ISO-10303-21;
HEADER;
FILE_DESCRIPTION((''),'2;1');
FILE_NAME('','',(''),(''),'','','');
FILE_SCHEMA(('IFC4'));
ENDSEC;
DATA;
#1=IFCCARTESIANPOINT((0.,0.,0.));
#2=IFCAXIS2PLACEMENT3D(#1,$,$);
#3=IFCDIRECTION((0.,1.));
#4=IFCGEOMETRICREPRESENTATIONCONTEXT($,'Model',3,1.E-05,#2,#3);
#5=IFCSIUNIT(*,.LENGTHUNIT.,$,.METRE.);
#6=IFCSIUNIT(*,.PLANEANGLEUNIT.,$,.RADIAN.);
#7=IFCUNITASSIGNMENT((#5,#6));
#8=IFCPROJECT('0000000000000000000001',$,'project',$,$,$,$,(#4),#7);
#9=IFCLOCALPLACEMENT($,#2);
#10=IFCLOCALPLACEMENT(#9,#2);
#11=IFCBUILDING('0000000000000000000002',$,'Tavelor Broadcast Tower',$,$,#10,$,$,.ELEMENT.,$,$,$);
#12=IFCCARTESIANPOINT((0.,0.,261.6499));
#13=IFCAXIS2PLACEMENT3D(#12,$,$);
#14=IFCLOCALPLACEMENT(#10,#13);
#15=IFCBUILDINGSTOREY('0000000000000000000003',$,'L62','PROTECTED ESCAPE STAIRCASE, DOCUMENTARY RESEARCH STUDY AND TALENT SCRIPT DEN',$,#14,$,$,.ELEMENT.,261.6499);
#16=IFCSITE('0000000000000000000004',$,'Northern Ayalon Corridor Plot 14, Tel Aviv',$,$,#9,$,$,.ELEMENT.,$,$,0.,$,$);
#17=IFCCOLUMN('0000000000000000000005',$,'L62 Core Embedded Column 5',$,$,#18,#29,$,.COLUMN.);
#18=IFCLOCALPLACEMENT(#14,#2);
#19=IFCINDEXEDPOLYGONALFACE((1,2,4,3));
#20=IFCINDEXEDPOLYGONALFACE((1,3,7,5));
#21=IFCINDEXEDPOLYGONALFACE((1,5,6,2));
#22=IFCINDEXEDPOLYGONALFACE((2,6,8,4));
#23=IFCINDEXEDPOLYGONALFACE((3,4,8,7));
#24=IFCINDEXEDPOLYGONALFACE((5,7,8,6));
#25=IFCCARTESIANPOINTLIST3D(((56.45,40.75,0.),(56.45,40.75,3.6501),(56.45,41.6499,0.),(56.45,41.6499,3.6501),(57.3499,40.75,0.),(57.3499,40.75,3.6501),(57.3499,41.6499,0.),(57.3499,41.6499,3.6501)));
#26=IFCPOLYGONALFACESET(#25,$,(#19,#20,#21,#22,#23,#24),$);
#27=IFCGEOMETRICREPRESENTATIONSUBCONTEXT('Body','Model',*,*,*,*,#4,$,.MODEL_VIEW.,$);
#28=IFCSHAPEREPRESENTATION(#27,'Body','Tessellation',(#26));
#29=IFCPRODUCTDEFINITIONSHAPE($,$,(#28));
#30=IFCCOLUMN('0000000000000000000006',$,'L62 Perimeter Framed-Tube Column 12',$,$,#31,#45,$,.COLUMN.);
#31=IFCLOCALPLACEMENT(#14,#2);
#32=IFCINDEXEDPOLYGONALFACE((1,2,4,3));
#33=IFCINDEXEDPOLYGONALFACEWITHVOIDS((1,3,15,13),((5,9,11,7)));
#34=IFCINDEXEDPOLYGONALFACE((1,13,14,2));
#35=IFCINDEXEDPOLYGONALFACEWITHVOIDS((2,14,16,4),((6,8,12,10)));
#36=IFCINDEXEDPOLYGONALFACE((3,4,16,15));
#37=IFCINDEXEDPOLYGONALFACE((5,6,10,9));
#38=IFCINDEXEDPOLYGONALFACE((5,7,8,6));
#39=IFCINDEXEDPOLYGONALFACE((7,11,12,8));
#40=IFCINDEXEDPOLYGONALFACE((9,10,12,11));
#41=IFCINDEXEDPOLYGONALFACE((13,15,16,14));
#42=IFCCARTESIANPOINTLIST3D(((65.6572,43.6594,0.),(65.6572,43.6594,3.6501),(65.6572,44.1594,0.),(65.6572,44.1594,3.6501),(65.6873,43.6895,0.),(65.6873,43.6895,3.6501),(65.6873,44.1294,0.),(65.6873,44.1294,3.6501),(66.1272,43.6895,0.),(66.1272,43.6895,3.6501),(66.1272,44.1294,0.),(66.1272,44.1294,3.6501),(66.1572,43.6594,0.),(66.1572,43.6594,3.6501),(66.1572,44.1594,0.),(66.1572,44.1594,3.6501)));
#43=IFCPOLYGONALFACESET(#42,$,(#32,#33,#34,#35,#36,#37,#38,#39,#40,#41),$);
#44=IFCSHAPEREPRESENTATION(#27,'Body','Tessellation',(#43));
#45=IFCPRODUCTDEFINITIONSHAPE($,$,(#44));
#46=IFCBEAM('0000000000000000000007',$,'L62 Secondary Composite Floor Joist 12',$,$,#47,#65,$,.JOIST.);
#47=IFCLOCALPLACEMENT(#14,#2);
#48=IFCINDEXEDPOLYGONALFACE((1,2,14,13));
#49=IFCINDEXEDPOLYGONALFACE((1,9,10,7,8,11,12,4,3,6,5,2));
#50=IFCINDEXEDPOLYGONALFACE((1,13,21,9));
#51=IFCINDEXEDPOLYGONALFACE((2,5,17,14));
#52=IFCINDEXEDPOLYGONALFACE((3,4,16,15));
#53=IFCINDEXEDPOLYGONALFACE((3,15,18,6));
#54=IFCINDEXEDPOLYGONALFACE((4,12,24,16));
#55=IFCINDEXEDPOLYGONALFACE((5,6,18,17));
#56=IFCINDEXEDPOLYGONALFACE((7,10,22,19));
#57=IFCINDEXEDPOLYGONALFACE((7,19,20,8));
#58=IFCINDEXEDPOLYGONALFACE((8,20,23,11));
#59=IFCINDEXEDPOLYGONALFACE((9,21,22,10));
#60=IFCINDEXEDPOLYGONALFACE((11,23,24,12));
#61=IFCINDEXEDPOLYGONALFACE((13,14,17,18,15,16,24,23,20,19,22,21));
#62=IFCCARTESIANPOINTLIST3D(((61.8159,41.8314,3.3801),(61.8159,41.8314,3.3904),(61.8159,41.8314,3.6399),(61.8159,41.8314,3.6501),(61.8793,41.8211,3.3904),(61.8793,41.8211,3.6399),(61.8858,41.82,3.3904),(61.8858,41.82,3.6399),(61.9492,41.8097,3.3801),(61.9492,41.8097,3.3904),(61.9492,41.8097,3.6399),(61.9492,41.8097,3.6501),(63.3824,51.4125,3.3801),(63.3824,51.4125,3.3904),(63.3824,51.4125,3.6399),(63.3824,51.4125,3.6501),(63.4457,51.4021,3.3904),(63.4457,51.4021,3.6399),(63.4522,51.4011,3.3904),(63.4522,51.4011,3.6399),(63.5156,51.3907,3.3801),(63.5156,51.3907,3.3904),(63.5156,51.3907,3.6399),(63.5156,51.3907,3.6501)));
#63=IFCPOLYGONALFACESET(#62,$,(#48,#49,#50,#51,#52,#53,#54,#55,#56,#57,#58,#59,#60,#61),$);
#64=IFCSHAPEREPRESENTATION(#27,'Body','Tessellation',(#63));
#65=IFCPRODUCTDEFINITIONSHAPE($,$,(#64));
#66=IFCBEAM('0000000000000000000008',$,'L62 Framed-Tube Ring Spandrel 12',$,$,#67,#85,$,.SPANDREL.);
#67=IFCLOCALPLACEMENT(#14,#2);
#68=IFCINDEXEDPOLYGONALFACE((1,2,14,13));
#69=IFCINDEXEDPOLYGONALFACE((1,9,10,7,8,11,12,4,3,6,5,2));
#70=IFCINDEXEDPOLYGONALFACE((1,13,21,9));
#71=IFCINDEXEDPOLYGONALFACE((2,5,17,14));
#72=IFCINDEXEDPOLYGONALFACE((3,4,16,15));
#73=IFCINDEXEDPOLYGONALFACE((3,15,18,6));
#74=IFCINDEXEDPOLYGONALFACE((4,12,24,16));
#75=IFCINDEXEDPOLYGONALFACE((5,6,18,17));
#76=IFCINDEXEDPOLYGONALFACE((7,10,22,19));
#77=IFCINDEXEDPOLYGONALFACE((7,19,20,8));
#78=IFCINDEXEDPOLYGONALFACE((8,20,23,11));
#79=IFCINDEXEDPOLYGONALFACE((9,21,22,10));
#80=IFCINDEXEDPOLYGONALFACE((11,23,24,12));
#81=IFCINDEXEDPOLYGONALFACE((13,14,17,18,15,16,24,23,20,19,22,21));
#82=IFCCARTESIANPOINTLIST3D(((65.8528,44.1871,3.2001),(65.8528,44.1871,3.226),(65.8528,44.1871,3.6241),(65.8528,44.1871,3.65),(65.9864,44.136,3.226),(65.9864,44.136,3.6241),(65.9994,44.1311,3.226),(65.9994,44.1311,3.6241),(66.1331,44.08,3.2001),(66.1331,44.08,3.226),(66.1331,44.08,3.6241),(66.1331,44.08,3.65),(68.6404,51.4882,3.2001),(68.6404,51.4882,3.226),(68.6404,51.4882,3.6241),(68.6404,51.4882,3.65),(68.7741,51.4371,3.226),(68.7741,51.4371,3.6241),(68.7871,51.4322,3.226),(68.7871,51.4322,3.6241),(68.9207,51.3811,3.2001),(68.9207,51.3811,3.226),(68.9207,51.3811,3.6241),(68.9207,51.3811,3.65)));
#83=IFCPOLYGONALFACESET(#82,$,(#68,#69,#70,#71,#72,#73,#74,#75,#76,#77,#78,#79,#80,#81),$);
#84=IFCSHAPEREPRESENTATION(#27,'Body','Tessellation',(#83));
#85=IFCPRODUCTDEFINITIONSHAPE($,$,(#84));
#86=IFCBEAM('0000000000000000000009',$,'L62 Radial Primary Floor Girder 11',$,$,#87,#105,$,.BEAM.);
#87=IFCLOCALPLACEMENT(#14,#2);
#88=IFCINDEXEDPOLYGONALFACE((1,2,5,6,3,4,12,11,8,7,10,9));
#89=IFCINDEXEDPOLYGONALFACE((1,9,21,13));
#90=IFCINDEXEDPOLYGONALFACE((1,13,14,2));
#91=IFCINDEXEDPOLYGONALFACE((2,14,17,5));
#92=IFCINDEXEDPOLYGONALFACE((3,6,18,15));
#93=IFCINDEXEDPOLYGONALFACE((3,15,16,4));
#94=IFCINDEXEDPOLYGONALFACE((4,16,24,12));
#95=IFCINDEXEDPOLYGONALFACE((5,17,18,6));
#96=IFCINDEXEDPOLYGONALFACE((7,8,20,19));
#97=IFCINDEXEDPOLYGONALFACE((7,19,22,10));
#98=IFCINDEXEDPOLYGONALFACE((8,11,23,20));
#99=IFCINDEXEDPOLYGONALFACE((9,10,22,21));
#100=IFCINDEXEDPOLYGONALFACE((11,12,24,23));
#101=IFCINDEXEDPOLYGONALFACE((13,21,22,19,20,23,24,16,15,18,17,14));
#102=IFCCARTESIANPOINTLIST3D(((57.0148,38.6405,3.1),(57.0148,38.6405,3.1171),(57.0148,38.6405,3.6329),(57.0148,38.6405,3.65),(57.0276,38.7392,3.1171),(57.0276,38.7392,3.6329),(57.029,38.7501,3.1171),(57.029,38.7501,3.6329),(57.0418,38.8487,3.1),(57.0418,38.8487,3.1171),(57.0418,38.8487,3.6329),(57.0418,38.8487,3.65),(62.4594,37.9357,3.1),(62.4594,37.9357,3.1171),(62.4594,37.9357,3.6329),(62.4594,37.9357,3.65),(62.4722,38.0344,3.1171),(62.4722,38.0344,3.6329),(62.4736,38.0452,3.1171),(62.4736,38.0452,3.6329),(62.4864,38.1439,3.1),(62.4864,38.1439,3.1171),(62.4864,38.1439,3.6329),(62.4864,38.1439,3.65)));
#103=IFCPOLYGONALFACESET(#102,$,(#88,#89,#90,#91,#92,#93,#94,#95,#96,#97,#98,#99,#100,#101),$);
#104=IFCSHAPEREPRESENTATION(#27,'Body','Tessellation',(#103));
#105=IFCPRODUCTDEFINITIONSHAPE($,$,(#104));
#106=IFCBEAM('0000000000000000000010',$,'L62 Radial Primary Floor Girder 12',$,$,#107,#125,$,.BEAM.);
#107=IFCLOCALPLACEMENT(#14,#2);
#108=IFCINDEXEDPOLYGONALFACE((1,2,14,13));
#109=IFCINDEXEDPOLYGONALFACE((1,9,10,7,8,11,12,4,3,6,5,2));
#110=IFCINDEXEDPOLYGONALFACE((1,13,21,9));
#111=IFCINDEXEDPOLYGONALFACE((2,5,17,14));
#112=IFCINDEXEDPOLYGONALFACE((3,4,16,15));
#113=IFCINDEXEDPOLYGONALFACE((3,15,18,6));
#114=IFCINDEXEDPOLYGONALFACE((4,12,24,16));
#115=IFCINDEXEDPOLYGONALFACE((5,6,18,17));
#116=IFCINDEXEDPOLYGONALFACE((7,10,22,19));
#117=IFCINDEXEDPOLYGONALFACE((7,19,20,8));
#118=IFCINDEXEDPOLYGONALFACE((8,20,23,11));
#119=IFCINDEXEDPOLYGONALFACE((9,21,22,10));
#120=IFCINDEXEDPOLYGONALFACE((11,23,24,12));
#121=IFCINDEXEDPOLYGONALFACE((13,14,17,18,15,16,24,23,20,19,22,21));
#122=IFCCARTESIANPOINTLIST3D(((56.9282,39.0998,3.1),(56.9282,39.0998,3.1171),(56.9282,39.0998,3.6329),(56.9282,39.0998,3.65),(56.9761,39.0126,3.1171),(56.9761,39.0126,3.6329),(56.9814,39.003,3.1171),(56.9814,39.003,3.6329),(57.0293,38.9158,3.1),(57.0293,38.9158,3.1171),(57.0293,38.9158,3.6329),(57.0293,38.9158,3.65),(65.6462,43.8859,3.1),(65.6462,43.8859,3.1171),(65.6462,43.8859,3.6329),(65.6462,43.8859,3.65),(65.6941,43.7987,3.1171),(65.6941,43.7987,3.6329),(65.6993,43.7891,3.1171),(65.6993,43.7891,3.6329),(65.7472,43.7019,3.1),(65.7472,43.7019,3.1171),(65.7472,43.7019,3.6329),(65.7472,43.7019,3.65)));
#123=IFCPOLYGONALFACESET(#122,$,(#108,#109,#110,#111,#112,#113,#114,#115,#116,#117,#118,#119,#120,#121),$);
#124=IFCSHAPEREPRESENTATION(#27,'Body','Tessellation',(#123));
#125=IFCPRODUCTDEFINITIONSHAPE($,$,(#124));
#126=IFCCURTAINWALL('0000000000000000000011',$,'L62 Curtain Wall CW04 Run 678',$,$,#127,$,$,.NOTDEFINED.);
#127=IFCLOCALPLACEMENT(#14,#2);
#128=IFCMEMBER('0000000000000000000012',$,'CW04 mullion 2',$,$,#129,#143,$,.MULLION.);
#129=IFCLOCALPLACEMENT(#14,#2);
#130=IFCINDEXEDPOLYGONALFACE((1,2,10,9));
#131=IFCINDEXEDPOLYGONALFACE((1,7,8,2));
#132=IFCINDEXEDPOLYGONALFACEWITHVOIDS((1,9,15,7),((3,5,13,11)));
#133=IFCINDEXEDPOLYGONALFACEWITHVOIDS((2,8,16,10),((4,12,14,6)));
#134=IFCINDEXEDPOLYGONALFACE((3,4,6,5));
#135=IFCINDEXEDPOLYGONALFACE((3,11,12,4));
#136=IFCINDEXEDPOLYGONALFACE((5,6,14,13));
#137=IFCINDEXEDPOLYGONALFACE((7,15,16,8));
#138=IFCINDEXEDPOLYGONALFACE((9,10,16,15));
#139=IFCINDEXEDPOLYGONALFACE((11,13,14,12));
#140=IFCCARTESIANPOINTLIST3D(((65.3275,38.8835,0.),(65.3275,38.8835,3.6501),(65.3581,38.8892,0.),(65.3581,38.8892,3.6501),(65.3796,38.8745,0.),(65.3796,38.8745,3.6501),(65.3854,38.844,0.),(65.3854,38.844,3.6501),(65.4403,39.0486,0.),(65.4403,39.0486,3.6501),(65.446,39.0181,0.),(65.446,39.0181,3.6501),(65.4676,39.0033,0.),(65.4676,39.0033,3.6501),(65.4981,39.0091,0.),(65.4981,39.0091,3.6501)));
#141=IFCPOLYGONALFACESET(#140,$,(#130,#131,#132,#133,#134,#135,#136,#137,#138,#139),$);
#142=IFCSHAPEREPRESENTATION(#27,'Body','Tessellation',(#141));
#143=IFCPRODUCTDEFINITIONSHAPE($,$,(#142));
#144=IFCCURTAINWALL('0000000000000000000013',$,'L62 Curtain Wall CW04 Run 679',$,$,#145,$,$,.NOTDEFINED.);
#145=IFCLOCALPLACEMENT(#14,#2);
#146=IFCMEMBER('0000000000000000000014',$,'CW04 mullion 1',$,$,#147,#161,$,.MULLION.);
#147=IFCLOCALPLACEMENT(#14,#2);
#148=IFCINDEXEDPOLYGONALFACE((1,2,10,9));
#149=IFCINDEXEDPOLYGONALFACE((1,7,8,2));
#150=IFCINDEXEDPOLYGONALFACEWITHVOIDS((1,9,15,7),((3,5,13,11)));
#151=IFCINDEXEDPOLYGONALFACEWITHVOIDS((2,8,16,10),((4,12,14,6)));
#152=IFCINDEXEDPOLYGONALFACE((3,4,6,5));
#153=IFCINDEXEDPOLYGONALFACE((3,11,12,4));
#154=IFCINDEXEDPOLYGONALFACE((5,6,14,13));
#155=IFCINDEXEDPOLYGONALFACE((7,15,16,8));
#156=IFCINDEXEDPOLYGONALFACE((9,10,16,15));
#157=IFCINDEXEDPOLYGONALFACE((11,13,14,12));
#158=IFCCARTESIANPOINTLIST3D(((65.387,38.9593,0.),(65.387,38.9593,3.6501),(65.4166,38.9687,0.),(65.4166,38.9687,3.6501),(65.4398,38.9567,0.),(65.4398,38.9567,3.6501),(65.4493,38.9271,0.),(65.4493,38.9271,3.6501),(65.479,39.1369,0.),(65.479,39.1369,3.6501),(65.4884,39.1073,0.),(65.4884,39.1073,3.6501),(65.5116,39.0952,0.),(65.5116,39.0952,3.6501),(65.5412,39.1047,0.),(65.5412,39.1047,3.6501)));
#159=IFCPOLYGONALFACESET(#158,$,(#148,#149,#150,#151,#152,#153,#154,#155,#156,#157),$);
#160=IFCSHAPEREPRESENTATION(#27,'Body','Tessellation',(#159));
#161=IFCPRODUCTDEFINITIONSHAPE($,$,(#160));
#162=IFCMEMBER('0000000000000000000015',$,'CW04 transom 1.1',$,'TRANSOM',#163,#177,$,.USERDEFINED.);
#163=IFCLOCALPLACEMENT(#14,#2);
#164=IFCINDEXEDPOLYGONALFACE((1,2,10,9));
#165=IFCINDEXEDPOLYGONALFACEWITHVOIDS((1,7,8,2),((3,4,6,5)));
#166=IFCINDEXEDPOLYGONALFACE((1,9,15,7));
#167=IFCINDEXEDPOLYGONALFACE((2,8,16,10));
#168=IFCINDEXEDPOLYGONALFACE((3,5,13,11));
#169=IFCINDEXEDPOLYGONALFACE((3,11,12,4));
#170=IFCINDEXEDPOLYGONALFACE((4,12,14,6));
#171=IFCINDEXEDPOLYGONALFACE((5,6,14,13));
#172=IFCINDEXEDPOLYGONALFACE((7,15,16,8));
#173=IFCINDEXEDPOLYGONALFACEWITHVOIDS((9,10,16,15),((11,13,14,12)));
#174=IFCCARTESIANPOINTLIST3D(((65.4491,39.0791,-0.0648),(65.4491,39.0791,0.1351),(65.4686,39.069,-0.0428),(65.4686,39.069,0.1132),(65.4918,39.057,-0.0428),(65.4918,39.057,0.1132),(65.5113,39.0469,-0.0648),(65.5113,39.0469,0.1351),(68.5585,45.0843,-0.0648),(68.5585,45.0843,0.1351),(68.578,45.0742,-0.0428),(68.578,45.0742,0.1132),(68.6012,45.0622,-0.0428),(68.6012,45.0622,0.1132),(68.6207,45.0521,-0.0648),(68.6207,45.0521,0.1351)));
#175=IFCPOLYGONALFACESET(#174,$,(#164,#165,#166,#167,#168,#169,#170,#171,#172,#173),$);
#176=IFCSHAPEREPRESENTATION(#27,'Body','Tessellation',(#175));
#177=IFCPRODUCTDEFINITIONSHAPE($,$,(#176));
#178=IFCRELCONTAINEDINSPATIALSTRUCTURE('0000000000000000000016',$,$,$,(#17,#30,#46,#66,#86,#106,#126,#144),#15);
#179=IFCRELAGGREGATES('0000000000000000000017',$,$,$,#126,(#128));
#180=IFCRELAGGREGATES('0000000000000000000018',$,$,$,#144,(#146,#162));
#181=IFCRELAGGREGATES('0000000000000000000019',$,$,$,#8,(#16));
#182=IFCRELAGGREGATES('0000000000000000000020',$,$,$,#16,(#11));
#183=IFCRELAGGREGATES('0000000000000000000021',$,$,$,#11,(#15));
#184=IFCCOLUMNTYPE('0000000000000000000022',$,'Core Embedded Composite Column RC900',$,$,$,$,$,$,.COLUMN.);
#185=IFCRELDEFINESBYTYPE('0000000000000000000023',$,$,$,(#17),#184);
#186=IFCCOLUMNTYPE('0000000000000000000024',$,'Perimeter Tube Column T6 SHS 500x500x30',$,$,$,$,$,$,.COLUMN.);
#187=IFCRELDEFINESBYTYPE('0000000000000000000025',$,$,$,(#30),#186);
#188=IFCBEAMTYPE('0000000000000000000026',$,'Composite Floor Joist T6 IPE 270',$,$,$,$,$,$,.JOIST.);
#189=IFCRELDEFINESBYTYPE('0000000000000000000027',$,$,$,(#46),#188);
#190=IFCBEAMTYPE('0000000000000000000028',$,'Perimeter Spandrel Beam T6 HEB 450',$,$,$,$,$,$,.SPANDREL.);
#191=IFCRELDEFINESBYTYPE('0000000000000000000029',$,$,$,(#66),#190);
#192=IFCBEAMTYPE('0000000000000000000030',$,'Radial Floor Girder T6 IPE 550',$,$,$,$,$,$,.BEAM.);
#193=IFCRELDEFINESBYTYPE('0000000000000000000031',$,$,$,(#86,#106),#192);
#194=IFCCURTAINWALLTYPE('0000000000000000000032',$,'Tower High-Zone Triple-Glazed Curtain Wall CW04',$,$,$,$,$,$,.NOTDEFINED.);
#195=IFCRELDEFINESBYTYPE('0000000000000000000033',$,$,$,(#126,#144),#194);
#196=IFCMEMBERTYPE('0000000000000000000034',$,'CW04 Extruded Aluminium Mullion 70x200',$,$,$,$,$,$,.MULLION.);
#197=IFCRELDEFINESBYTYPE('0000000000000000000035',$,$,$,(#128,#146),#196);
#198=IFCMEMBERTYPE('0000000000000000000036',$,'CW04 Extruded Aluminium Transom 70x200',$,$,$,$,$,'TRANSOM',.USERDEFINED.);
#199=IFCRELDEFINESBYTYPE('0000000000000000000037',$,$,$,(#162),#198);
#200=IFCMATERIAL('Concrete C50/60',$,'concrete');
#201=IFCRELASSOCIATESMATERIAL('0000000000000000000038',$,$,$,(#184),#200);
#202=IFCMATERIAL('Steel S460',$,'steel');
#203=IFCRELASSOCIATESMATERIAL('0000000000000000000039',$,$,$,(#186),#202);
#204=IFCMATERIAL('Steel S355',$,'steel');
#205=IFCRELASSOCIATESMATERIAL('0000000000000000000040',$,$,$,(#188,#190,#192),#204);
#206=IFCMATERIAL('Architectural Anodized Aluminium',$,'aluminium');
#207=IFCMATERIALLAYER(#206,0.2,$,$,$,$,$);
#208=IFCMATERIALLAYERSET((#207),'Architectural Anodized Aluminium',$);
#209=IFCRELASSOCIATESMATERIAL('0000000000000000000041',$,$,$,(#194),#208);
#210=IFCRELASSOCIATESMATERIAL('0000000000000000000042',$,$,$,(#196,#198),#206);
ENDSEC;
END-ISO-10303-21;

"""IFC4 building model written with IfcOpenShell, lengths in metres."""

from ifc_helpers import new_model, si_unit, direction, frame, origin, origin_2d, place, context, subcontext, project, spatial, rectangle, hollow_rectangle, i_section, extrude, source, transform, mapped, material, layer, layer_set, material_profile, profile_set, type_object, type_shapes, element, aggregate, save


model = new_model("IFC4")

# Units and contexts
model_context = context("Model", 3, precision=1e-05, world=origin(), true_north=direction((0.0, 1.0)))
body_context = subcontext(model_context, "Body", "Model", "MODEL_VIEW")
ifc_project = project(units=[si_unit("LENGTHUNIT", "METRE"), si_unit("PLANEANGLEUNIT", "RADIAN")], contexts=[model_context])

# Site, building, storey
site_placement = place(None, origin())
site = spatial("IfcSite", under=ifc_project, at=site_placement, Name="Northern Ayalon Corridor Plot 14, Tel Aviv", CompositionType="ELEMENT", RefElevation=0.0)
building_placement = place(site_placement, origin())
building = spatial("IfcBuilding", under=site, at=building_placement, Name="Tavelor Broadcast Tower", CompositionType="ELEMENT")
storey_placement = place(building_placement, frame((0.0, 0.0, 261.6499)))
storey = spatial("IfcBuildingStorey", under=building, at=storey_placement, Name="L62", Description="PROTECTED ESCAPE STAIRCASE, DOCUMENTARY RESEARCH STUDY AND TALENT SCRIPT DEN", CompositionType="ELEMENT", Elevation=261.6499)

# Columns
ifc_material_1 = material(Name="Concrete C50/60", Category="concrete")
ifc_material_profile_1 = material_profile(ifc_material_1, rectangle(XDim=0.8999, YDim=0.8999, at=origin_2d()), Name="RC 900x900")
ifc_profile_set_1 = profile_set([ifc_material_profile_1], Name="Concrete C50/60")
column_type_1 = type_object("IfcColumnType", Name="Core Embedded Composite Column RC900", PredefinedType="COLUMN", material=ifc_profile_set_1)
column_1_placement = place(storey_placement, frame((56.8999, 41.2, 0.0), z_axis=(0.0, 0.0, 1.0), x_axis=(1.0, 0.0, 0.0)))
element("IfcColumn", 1, at=column_1_placement, inside=storey, type_object=column_type_1, Name="L62 Core Embedded Column 5", PredefinedType="COLUMN", context=body_context, shape_type="SweptSolid", body=[
    extrude(rectangle(XDim=0.8999, YDim=0.8999, at=origin_2d()), origin(), (0.0, 0.0, 1.0), 3.6501),
])
ifc_material_2 = material(Name="Steel S460", Category="steel")
ifc_material_profile_2 = material_profile(ifc_material_2, hollow_rectangle(XDim=0.5, YDim=0.5, WallThickness=0.03, at=origin_2d()), Name="SHS 500x500x30")
ifc_profile_set_2 = profile_set([ifc_material_profile_2], Name="Steel S460")
column_type_2 = type_object("IfcColumnType", Name="Perimeter Tube Column T6 SHS 500x500x30", PredefinedType="COLUMN", material=ifc_profile_set_2)
column_2_placement = place(storey_placement, frame((65.9072, 43.9094, 0.0), z_axis=(0.0, 0.0, 1.0), x_axis=(1.0, 0.0, 0.0)))
element("IfcColumn", 2, at=column_2_placement, inside=storey, type_object=column_type_2, Name="L62 Perimeter Framed-Tube Column 12", PredefinedType="COLUMN", context=body_context, shape_type="SweptSolid", body=[
    extrude(hollow_rectangle(XDim=0.5, YDim=0.5, WallThickness=0.03, at=origin_2d()), origin(), (0.0, 0.0, 1.0), 3.6501),
])

# Beams
ifc_material_3 = material(Name="Steel S355", Category="steel")
ifc_material_profile_3 = material_profile(ifc_material_3, i_section(OverallWidth=0.135, OverallDepth=0.27, WebThickness=0.0066, FlangeThickness=0.0103, at=origin_2d()), Name="IPE 270")
ifc_profile_set_3 = profile_set([ifc_material_profile_3], Name="Steel S355")
beam_type_1 = type_object("IfcBeamType", Name="Composite Floor Joist T6 IPE 270", PredefinedType="JOIST", material=ifc_profile_set_3)
beam_1_placement = place(storey_placement, frame((61.8826, 41.8206, 3.5151), z_axis=(0.161348, 0.986898, 0.0), x_axis=(-0.986898, 0.161348, 0.0)))
element("IfcBeam", 3, at=beam_1_placement, inside=storey, type_object=beam_type_1, Name="L62 Secondary Composite Floor Joist 12", PredefinedType="JOIST", context=body_context, shape_type="SweptSolid", body=[
    extrude(i_section(OverallWidth=0.135, OverallDepth=0.27, WebThickness=0.0066, FlangeThickness=0.0103, at=origin_2d()), origin(), (0.0, 0.0, 1.0), 9.7083),
])
ifc_material_profile_4 = material_profile(ifc_material_3, i_section(OverallWidth=0.3, OverallDepth=0.45, WebThickness=0.0139, FlangeThickness=0.0259, at=origin_2d()), Name="HEB 450")
ifc_profile_set_4 = profile_set([ifc_material_profile_4], Name="Steel S355")
beam_type_2 = type_object("IfcBeamType", Name="Perimeter Spandrel Beam T6 HEB 450", PredefinedType="SPANDREL", material=ifc_profile_set_4)
beam_2_placement = place(storey_placement, frame((65.9929, 44.1335, 3.425), z_axis=(0.356694, 0.934221, 0.0), x_axis=(-0.934221, 0.356694, 0.0)))
element("IfcBeam", 4, at=beam_2_placement, inside=storey, type_object=beam_type_2, Name="L62 Framed-Tube Ring Spandrel 12", PredefinedType="SPANDREL", context=body_context, shape_type="SweptSolid", body=[
    extrude(i_section(OverallWidth=0.3, OverallDepth=0.45, WebThickness=0.0139, FlangeThickness=0.0259, at=origin_2d()), origin(), (0.0, 0.0, 1.0), 7.8152),
])
ifc_material_profile_5 = material_profile(ifc_material_3, i_section(OverallWidth=0.21, OverallDepth=0.55, WebThickness=0.011, FlangeThickness=0.0171, at=origin_2d()), Name="IPE 550")
ifc_profile_set_5 = profile_set([ifc_material_profile_5], Name="Steel S355")
beam_type_3 = type_object("IfcBeamType", Name="Radial Floor Girder T6 IPE 550", PredefinedType="BEAM", material=ifc_profile_set_5)
beam_3_placement = place(storey_placement, frame((57.0283, 38.7446, 3.375), z_axis=(0.991724, -0.128385, 0.0), x_axis=(0.128385, 0.991724, 0.0)))
element("IfcBeam", 5, at=beam_3_placement, inside=storey, type_object=beam_type_3, Name="L62 Radial Primary Floor Girder 11", PredefinedType="BEAM", context=body_context, shape_type="SweptSolid", body=[
    extrude(i_section(OverallWidth=0.21, OverallDepth=0.55, WebThickness=0.011, FlangeThickness=0.0171, at=origin_2d()), origin(), (0.0, 0.0, 1.0), 5.49),
])
beam_4_placement = place(storey_placement, frame((56.9788, 39.0078, 3.375), z_axis=(0.876588, 0.481241, 0.0), x_axis=(-0.481241, 0.876588, 0.0)))
element("IfcBeam", 6, at=beam_4_placement, inside=storey, type_object=beam_type_3, Name="L62 Radial Primary Floor Girder 12", PredefinedType="BEAM", context=body_context, shape_type="SweptSolid", body=[
    extrude(i_section(OverallWidth=0.21, OverallDepth=0.55, WebThickness=0.011, FlangeThickness=0.0171, at=origin_2d()), origin(), (0.0, 0.0, 1.0), 9.9453),
])

# Curtain wall, member
ifc_material_4 = material(Name="Architectural Anodized Aluminium", Category="aluminium")
ifc_layer_1 = layer(ifc_material_4, 0.2)
ifc_layer_set_1 = layer_set([ifc_layer_1], Name="Architectural Anodized Aluminium")
curtain_wall_type = type_object("IfcCurtainWallType", Name="Tower High-Zone Triple-Glazed Curtain Wall CW04", PredefinedType="NOTDEFINED", material=ifc_layer_set_1)
curtain_wall_1_placement = place(storey_placement, origin())
curtain_wall_1 = element("IfcCurtainWall", 7, at=curtain_wall_1_placement, inside=storey, type_object=curtain_wall_type, Name="L62 Curtain Wall CW04 Run 678", PredefinedType="NOTDEFINED")
ifc_material_profile_6 = material_profile(ifc_material_4, hollow_rectangle(XDim=0.0701, YDim=0.2, WallThickness=0.022, at=origin_2d()), Name="RHS 70x200x22")
ifc_profile_set_6 = profile_set([ifc_material_profile_6], Name="Architectural Anodized Aluminium")
member_type_1 = type_object("IfcMemberType", Name="CW04 Extruded Aluminium Mullion 70x200", PredefinedType="MULLION", material=ifc_profile_set_6)
shared_shape_1 = source(origin(), body_context, "Body", "SweptSolid", [
    extrude(hollow_rectangle(XDim=0.0701, YDim=0.2, WallThickness=0.022, at=origin_2d()), origin(), (0.0, 0.0, 1.0), 3.6501),
])
type_shapes(member_type_1, [shared_shape_1])
member_1_placement = place(storey_placement, frame((65.4128, 38.9463, 0.0), z_axis=(0.0, 0.0, 1.0), x_axis=(-0.825854, 0.563884, 0.0)))
member_1 = element("IfcMember", 8, at=member_1_placement, type_object=member_type_1, Name="CW04 mullion 2", PredefinedType="MULLION", context=body_context, shape_type="MappedRepresentation", body=[
    mapped(shared_shape_1, transform((0.0, 0.0, 0.0), scale=1.0)),
])
aggregate(curtain_wall_1, [member_1])

# Curtain wall, members
curtain_wall_2_placement = place(storey_placement, origin())
curtain_wall_2 = element("IfcCurtainWall", 9, at=curtain_wall_2_placement, inside=storey, type_object=curtain_wall_type, Name="L62 Curtain Wall CW04 Run 679", PredefinedType="NOTDEFINED")
member_2_placement = place(storey_placement, frame((65.4641, 39.032, 0.0), z_axis=(0.0, 0.0, 1.0), x_axis=(-0.888024, 0.459797, 0.0)))
member_2 = element("IfcMember", 10, at=member_2_placement, type_object=member_type_1, Name="CW04 mullion 1", PredefinedType="MULLION", context=body_context, shape_type="MappedRepresentation", body=[
    mapped(shared_shape_1, transform((0.0, 0.0, 0.0), scale=1.0)),
])
ifc_material_profile_7 = material_profile(ifc_material_4, hollow_rectangle(XDim=0.0701, YDim=0.2, WallThickness=0.022, at=origin_2d()), Name="RHS 70x200x22")
ifc_profile_set_7 = profile_set([ifc_material_profile_7], Name="Architectural Anodized Aluminium")
member_type_2 = type_object("IfcMemberType", Name="CW04 Extruded Aluminium Transom 70x200", ElementType="TRANSOM", PredefinedType="USERDEFINED", material=ifc_profile_set_7)
shared_shape_2 = source(origin(), body_context, "Body", "SweptSolid", [
    extrude(hollow_rectangle(XDim=0.0701, YDim=0.2, WallThickness=0.022, at=origin_2d()), origin(), (0.0, 0.0, 1.0), 6.7625),
])
type_shapes(member_type_2, [shared_shape_2])
member_3_placement = place(storey_placement, frame((65.4802, 39.063, 0.0352), z_axis=(0.459805, 0.88802, 0.0), x_axis=(-0.88802, 0.459805, 0.0)))
member_3 = element("IfcMember", 11, at=member_3_placement, type_object=member_type_2, Name="CW04 transom 1.1", ObjectType="TRANSOM", PredefinedType="USERDEFINED", context=body_context, shape_type="MappedRepresentation", body=[
    mapped(shared_shape_2, transform((0.0, 0.0, 0.0), scale=1.0)),
])

aggregate(curtain_wall_2, [member_2, member_3])

save(model, "model.ifc")
